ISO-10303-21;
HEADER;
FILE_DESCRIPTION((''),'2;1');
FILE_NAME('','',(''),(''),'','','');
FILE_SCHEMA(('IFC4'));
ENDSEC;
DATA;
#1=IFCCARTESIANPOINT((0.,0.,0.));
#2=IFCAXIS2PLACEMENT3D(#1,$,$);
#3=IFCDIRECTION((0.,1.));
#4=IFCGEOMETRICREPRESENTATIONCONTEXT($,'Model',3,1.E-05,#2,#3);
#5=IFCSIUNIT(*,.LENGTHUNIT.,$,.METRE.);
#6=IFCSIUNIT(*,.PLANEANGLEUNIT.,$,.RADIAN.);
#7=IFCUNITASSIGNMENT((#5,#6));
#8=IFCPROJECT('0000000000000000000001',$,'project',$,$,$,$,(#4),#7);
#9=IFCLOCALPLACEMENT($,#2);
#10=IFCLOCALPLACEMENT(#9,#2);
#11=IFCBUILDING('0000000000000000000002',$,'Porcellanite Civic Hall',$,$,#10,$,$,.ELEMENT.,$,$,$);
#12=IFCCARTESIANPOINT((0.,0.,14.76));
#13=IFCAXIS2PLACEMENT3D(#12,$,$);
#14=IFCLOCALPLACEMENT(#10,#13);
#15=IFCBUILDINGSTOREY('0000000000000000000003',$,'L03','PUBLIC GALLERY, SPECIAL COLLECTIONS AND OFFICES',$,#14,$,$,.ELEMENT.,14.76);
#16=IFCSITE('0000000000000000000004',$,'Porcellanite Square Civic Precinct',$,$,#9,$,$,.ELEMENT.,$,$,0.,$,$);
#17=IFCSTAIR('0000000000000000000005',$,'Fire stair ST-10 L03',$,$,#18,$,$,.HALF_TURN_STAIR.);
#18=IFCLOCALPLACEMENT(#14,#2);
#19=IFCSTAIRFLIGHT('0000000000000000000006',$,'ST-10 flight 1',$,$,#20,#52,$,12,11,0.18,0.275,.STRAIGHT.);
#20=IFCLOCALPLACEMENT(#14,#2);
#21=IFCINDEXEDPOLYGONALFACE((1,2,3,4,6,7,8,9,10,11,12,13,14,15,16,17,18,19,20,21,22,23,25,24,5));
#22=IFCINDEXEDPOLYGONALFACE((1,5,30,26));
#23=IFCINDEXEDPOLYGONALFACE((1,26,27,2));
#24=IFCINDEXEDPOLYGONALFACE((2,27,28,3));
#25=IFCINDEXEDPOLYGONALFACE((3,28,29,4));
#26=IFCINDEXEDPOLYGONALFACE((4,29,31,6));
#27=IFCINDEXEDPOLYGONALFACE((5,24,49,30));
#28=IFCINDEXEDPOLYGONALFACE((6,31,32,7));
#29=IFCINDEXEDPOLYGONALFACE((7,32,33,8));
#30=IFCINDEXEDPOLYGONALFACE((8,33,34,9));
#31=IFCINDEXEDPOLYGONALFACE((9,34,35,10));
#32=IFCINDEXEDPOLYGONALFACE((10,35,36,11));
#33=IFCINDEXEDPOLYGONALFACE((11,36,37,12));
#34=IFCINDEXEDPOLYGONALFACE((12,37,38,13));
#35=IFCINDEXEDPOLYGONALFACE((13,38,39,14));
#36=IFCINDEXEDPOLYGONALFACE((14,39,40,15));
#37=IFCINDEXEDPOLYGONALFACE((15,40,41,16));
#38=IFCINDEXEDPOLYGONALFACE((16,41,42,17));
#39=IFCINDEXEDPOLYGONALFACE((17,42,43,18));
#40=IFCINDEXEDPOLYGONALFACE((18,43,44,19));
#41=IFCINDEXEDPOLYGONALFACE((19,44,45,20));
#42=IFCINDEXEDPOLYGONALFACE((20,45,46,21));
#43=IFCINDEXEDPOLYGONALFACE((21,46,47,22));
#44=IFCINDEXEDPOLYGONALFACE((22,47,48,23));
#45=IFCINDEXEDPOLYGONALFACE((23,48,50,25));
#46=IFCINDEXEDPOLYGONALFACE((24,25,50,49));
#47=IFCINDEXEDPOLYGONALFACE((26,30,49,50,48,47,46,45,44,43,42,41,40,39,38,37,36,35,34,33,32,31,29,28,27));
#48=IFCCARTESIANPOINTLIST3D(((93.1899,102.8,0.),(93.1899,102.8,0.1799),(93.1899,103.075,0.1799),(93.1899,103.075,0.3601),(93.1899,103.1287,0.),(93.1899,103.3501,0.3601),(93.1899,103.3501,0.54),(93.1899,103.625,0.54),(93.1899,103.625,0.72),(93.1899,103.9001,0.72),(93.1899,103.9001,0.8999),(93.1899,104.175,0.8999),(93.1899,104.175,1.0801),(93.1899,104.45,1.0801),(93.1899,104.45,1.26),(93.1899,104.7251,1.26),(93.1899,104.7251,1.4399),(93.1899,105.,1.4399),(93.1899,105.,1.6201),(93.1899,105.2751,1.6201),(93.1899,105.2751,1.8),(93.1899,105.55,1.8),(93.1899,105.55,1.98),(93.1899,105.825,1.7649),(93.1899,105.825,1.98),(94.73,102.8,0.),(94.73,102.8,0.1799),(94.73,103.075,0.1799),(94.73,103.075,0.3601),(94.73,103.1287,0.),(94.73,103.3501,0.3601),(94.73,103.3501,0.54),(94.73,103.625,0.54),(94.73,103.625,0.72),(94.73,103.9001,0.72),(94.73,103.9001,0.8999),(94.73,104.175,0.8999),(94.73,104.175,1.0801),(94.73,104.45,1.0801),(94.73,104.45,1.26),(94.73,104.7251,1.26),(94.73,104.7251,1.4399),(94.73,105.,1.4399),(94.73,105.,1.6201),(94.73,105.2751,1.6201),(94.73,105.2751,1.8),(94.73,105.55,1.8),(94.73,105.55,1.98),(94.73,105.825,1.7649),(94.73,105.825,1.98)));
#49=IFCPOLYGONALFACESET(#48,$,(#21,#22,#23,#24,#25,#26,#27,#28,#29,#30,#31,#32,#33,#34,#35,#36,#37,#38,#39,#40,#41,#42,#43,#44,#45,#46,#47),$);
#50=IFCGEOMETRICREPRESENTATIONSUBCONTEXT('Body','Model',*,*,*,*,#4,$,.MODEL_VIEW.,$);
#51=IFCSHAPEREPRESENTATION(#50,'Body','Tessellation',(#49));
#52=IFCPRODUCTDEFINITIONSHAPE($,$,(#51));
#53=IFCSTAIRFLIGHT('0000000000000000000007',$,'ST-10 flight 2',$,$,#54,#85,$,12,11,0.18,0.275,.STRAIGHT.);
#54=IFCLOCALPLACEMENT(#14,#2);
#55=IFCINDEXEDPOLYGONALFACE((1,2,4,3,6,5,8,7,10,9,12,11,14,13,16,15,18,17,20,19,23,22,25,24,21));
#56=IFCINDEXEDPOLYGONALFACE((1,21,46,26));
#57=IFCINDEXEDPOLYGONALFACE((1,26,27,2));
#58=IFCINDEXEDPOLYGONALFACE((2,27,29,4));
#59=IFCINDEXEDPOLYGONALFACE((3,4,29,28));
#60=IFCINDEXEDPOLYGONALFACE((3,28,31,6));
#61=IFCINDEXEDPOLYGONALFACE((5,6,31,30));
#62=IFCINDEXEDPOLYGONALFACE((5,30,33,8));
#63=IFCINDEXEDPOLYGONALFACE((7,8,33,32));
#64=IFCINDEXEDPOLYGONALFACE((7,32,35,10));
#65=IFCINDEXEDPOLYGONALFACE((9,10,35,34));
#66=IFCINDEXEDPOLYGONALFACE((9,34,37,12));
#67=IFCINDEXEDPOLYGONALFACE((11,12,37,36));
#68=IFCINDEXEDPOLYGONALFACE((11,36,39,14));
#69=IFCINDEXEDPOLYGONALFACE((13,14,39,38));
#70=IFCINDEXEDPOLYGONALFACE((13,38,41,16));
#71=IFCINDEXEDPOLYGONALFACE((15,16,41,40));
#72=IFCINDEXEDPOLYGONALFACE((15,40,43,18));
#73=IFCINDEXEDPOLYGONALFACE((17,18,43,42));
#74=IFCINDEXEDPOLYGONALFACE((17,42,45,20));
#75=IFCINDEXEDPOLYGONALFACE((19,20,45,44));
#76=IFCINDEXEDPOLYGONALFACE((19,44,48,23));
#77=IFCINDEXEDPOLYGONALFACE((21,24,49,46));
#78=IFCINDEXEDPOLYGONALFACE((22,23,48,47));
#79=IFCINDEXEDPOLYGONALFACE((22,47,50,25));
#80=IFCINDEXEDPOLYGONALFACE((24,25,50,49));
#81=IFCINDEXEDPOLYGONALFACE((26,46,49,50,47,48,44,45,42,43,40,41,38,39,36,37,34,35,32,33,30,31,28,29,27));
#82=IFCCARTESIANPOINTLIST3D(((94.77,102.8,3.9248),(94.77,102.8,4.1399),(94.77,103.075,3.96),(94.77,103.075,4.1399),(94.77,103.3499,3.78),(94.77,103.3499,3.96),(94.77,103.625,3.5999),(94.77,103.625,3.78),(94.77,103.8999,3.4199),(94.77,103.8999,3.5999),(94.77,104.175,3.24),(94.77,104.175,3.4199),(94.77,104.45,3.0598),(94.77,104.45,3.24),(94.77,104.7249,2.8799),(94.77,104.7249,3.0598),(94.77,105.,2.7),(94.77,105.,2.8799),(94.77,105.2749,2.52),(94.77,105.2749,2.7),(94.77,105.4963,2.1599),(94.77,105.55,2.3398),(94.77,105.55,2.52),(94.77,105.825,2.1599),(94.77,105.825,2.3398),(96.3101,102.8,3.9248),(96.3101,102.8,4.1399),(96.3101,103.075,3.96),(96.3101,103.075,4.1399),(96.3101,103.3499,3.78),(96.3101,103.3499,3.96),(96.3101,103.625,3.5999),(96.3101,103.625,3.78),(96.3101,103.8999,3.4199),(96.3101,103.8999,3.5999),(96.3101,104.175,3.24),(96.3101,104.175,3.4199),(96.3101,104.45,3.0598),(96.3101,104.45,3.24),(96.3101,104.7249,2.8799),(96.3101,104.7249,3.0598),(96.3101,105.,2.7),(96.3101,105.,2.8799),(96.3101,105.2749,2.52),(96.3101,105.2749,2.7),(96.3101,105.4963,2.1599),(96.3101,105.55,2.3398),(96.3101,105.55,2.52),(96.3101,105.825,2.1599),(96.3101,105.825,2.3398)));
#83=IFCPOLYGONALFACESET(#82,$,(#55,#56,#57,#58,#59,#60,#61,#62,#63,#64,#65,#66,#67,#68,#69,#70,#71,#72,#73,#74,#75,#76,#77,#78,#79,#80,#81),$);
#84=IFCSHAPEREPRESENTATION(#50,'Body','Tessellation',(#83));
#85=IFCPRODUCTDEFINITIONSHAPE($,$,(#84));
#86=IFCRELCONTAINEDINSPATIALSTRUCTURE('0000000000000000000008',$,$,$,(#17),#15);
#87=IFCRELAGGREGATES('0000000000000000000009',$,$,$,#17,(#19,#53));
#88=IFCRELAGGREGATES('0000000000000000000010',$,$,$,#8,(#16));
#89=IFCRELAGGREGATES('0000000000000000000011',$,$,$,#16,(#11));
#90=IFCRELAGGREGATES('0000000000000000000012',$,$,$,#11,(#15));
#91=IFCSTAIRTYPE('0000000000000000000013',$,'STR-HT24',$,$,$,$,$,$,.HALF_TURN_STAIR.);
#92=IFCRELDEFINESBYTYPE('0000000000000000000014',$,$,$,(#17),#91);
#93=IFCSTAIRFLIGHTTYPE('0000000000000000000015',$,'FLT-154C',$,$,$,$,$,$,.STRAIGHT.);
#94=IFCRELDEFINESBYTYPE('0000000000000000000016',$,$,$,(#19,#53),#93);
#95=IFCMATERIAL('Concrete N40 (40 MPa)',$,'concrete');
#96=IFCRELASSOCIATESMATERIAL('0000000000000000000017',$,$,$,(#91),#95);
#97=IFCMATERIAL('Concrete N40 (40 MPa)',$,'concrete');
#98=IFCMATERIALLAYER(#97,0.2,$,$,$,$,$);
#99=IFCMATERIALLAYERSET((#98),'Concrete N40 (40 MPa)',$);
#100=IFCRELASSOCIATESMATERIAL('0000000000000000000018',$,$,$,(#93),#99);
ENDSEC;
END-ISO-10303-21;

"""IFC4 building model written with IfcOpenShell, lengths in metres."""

from ifc_helpers import new_model, si_unit, direction, frame, origin, place, context, subcontext, project, spatial, polyline, outline, extrude, material, layer, layer_set, type_object, element, aggregate, save


model = new_model("IFC4")

# Units and contexts
model_context = context("Model", 3, precision=1e-05, world=origin(), true_north=direction((0.0, 1.0)))
body_context = subcontext(model_context, "Body", "Model", "MODEL_VIEW")
ifc_project = project(units=[si_unit("LENGTHUNIT", "METRE"), si_unit("PLANEANGLEUNIT", "RADIAN")], contexts=[model_context])

# Site, building, storey
site_placement = place(None, origin())
site = spatial("IfcSite", under=ifc_project, at=site_placement, Name="Porcellanite Square Civic Precinct", CompositionType="ELEMENT", RefElevation=0.0)
building_placement = place(site_placement, origin())
building = spatial("IfcBuilding", under=site, at=building_placement, Name="Porcellanite Civic Hall", CompositionType="ELEMENT")
storey_placement = place(building_placement, frame((0.0, 0.0, 14.76)))
storey = spatial("IfcBuildingStorey", under=building, at=storey_placement, Name="L03", Description="PUBLIC GALLERY, SPECIAL COLLECTIONS AND OFFICES", CompositionType="ELEMENT", Elevation=14.76)

# Stair, stair flights
ifc_material_1 = material(Name="Concrete N40 (40 MPa)", Category="concrete")
stair_type = type_object("IfcStairType", Name="STR-HT24", PredefinedType="HALF_TURN_STAIR", material=ifc_material_1)
stair_placement = place(storey_placement, origin())
stair = element("IfcStair", 1, at=stair_placement, inside=storey, type_object=stair_type, Name="Fire stair ST-10 L03", PredefinedType="HALF_TURN_STAIR")
ifc_material_2 = material(Name="Concrete N40 (40 MPa)", Category="concrete")
ifc_layer_1 = layer(ifc_material_2, 0.2)
ifc_layer_set_1 = layer_set([ifc_layer_1], Name="Concrete N40 (40 MPa)")
stair_flight_type = type_object("IfcStairFlightType", Name="FLT-154C", PredefinedType="STRAIGHT", material=ifc_layer_set_1)
stair_flight_1_placement = place(storey_placement, frame((93.96, 102.8, 0.0), z_axis=(0.0, 0.0, 1.0), x_axis=(0.0, 1.0, 0.0)))
stair_flight_1 = element("IfcStairFlight", 2, at=stair_flight_1_placement, type_object=stair_flight_type, Name="ST-10 flight 1", NumberOfRisers=12, NumberOfTreads=11, PredefinedType="STRAIGHT", RiserHeight=0.18, TreadLength=0.275, context=body_context, shape_type="SweptSolid", body=[
    extrude(outline(polyline([(0.0, 0.0), (0.0, 0.1799), (0.2749, 0.1799), (0.2749, 0.3601), (0.55, 0.3601), (0.55, 0.54), (0.825, 0.54), (0.825, 0.72), (1.1001, 0.72), (1.1001, 0.8999), (1.375, 0.8999), (1.375, 1.0801), (1.6499, 1.0801), (1.6499, 1.26), (1.925, 1.26), (1.925, 1.4399), (2.2, 1.4399), (2.2, 1.6201), (2.4751, 1.6201), (2.4751, 1.8), (2.75, 1.8), (2.75, 1.98), (3.0249, 1.98), (3.0249, 2.1599), (3.0249, 1.7649), (0.3286, 0.0), (0.0, 0.0)])), frame((0.0, 0.77, 0.0), z_axis=(0.0, -1.0, 0.0), x_axis=(1.0, 0.0, 0.0)), (0.0, 0.0, 1.0), 1.54),
])
stair_flight_2_placement = place(storey_placement, frame((95.54, 105.825, 2.1599), z_axis=(0.0, 0.0, 1.0), x_axis=(0.0, -1.0, 0.0)))
stair_flight_2 = element("IfcStairFlight", 3, at=stair_flight_2_placement, type_object=stair_flight_type, Name="ST-10 flight 2", NumberOfRisers=12, NumberOfTreads=11, PredefinedType="STRAIGHT", RiserHeight=0.18, TreadLength=0.275, context=body_context, shape_type="SweptSolid", body=[
    extrude(outline(polyline([(0.0, 0.0), (0.0, 0.1799), (0.2749, 0.1799), (0.2749, 0.3601), (0.55, 0.3601), (0.55, 0.54), (0.825, 0.54), (0.825, 0.72), (1.1001, 0.72), (1.1001, 0.8999), (1.375, 0.8999), (1.375, 1.0801), (1.6499, 1.0801), (1.6499, 1.26), (1.925, 1.26), (1.925, 1.4399), (2.2, 1.4399), (2.2, 1.6201), (2.4751, 1.6201), (2.4751, 1.8), (2.75, 1.8), (2.75, 1.98), (3.0249, 1.98), (3.0249, 2.1599), (3.0249, 1.7649), (0.3286, 0.0), (0.0, 0.0)])), frame((0.0, 0.77, 0.0), z_axis=(0.0, -1.0, 0.0), x_axis=(1.0, 0.0, 0.0)), (0.0, 0.0, 1.0), 1.54),
])
aggregate(stair, [stair_flight_1, stair_flight_2])

save(model, "model.ifc")
